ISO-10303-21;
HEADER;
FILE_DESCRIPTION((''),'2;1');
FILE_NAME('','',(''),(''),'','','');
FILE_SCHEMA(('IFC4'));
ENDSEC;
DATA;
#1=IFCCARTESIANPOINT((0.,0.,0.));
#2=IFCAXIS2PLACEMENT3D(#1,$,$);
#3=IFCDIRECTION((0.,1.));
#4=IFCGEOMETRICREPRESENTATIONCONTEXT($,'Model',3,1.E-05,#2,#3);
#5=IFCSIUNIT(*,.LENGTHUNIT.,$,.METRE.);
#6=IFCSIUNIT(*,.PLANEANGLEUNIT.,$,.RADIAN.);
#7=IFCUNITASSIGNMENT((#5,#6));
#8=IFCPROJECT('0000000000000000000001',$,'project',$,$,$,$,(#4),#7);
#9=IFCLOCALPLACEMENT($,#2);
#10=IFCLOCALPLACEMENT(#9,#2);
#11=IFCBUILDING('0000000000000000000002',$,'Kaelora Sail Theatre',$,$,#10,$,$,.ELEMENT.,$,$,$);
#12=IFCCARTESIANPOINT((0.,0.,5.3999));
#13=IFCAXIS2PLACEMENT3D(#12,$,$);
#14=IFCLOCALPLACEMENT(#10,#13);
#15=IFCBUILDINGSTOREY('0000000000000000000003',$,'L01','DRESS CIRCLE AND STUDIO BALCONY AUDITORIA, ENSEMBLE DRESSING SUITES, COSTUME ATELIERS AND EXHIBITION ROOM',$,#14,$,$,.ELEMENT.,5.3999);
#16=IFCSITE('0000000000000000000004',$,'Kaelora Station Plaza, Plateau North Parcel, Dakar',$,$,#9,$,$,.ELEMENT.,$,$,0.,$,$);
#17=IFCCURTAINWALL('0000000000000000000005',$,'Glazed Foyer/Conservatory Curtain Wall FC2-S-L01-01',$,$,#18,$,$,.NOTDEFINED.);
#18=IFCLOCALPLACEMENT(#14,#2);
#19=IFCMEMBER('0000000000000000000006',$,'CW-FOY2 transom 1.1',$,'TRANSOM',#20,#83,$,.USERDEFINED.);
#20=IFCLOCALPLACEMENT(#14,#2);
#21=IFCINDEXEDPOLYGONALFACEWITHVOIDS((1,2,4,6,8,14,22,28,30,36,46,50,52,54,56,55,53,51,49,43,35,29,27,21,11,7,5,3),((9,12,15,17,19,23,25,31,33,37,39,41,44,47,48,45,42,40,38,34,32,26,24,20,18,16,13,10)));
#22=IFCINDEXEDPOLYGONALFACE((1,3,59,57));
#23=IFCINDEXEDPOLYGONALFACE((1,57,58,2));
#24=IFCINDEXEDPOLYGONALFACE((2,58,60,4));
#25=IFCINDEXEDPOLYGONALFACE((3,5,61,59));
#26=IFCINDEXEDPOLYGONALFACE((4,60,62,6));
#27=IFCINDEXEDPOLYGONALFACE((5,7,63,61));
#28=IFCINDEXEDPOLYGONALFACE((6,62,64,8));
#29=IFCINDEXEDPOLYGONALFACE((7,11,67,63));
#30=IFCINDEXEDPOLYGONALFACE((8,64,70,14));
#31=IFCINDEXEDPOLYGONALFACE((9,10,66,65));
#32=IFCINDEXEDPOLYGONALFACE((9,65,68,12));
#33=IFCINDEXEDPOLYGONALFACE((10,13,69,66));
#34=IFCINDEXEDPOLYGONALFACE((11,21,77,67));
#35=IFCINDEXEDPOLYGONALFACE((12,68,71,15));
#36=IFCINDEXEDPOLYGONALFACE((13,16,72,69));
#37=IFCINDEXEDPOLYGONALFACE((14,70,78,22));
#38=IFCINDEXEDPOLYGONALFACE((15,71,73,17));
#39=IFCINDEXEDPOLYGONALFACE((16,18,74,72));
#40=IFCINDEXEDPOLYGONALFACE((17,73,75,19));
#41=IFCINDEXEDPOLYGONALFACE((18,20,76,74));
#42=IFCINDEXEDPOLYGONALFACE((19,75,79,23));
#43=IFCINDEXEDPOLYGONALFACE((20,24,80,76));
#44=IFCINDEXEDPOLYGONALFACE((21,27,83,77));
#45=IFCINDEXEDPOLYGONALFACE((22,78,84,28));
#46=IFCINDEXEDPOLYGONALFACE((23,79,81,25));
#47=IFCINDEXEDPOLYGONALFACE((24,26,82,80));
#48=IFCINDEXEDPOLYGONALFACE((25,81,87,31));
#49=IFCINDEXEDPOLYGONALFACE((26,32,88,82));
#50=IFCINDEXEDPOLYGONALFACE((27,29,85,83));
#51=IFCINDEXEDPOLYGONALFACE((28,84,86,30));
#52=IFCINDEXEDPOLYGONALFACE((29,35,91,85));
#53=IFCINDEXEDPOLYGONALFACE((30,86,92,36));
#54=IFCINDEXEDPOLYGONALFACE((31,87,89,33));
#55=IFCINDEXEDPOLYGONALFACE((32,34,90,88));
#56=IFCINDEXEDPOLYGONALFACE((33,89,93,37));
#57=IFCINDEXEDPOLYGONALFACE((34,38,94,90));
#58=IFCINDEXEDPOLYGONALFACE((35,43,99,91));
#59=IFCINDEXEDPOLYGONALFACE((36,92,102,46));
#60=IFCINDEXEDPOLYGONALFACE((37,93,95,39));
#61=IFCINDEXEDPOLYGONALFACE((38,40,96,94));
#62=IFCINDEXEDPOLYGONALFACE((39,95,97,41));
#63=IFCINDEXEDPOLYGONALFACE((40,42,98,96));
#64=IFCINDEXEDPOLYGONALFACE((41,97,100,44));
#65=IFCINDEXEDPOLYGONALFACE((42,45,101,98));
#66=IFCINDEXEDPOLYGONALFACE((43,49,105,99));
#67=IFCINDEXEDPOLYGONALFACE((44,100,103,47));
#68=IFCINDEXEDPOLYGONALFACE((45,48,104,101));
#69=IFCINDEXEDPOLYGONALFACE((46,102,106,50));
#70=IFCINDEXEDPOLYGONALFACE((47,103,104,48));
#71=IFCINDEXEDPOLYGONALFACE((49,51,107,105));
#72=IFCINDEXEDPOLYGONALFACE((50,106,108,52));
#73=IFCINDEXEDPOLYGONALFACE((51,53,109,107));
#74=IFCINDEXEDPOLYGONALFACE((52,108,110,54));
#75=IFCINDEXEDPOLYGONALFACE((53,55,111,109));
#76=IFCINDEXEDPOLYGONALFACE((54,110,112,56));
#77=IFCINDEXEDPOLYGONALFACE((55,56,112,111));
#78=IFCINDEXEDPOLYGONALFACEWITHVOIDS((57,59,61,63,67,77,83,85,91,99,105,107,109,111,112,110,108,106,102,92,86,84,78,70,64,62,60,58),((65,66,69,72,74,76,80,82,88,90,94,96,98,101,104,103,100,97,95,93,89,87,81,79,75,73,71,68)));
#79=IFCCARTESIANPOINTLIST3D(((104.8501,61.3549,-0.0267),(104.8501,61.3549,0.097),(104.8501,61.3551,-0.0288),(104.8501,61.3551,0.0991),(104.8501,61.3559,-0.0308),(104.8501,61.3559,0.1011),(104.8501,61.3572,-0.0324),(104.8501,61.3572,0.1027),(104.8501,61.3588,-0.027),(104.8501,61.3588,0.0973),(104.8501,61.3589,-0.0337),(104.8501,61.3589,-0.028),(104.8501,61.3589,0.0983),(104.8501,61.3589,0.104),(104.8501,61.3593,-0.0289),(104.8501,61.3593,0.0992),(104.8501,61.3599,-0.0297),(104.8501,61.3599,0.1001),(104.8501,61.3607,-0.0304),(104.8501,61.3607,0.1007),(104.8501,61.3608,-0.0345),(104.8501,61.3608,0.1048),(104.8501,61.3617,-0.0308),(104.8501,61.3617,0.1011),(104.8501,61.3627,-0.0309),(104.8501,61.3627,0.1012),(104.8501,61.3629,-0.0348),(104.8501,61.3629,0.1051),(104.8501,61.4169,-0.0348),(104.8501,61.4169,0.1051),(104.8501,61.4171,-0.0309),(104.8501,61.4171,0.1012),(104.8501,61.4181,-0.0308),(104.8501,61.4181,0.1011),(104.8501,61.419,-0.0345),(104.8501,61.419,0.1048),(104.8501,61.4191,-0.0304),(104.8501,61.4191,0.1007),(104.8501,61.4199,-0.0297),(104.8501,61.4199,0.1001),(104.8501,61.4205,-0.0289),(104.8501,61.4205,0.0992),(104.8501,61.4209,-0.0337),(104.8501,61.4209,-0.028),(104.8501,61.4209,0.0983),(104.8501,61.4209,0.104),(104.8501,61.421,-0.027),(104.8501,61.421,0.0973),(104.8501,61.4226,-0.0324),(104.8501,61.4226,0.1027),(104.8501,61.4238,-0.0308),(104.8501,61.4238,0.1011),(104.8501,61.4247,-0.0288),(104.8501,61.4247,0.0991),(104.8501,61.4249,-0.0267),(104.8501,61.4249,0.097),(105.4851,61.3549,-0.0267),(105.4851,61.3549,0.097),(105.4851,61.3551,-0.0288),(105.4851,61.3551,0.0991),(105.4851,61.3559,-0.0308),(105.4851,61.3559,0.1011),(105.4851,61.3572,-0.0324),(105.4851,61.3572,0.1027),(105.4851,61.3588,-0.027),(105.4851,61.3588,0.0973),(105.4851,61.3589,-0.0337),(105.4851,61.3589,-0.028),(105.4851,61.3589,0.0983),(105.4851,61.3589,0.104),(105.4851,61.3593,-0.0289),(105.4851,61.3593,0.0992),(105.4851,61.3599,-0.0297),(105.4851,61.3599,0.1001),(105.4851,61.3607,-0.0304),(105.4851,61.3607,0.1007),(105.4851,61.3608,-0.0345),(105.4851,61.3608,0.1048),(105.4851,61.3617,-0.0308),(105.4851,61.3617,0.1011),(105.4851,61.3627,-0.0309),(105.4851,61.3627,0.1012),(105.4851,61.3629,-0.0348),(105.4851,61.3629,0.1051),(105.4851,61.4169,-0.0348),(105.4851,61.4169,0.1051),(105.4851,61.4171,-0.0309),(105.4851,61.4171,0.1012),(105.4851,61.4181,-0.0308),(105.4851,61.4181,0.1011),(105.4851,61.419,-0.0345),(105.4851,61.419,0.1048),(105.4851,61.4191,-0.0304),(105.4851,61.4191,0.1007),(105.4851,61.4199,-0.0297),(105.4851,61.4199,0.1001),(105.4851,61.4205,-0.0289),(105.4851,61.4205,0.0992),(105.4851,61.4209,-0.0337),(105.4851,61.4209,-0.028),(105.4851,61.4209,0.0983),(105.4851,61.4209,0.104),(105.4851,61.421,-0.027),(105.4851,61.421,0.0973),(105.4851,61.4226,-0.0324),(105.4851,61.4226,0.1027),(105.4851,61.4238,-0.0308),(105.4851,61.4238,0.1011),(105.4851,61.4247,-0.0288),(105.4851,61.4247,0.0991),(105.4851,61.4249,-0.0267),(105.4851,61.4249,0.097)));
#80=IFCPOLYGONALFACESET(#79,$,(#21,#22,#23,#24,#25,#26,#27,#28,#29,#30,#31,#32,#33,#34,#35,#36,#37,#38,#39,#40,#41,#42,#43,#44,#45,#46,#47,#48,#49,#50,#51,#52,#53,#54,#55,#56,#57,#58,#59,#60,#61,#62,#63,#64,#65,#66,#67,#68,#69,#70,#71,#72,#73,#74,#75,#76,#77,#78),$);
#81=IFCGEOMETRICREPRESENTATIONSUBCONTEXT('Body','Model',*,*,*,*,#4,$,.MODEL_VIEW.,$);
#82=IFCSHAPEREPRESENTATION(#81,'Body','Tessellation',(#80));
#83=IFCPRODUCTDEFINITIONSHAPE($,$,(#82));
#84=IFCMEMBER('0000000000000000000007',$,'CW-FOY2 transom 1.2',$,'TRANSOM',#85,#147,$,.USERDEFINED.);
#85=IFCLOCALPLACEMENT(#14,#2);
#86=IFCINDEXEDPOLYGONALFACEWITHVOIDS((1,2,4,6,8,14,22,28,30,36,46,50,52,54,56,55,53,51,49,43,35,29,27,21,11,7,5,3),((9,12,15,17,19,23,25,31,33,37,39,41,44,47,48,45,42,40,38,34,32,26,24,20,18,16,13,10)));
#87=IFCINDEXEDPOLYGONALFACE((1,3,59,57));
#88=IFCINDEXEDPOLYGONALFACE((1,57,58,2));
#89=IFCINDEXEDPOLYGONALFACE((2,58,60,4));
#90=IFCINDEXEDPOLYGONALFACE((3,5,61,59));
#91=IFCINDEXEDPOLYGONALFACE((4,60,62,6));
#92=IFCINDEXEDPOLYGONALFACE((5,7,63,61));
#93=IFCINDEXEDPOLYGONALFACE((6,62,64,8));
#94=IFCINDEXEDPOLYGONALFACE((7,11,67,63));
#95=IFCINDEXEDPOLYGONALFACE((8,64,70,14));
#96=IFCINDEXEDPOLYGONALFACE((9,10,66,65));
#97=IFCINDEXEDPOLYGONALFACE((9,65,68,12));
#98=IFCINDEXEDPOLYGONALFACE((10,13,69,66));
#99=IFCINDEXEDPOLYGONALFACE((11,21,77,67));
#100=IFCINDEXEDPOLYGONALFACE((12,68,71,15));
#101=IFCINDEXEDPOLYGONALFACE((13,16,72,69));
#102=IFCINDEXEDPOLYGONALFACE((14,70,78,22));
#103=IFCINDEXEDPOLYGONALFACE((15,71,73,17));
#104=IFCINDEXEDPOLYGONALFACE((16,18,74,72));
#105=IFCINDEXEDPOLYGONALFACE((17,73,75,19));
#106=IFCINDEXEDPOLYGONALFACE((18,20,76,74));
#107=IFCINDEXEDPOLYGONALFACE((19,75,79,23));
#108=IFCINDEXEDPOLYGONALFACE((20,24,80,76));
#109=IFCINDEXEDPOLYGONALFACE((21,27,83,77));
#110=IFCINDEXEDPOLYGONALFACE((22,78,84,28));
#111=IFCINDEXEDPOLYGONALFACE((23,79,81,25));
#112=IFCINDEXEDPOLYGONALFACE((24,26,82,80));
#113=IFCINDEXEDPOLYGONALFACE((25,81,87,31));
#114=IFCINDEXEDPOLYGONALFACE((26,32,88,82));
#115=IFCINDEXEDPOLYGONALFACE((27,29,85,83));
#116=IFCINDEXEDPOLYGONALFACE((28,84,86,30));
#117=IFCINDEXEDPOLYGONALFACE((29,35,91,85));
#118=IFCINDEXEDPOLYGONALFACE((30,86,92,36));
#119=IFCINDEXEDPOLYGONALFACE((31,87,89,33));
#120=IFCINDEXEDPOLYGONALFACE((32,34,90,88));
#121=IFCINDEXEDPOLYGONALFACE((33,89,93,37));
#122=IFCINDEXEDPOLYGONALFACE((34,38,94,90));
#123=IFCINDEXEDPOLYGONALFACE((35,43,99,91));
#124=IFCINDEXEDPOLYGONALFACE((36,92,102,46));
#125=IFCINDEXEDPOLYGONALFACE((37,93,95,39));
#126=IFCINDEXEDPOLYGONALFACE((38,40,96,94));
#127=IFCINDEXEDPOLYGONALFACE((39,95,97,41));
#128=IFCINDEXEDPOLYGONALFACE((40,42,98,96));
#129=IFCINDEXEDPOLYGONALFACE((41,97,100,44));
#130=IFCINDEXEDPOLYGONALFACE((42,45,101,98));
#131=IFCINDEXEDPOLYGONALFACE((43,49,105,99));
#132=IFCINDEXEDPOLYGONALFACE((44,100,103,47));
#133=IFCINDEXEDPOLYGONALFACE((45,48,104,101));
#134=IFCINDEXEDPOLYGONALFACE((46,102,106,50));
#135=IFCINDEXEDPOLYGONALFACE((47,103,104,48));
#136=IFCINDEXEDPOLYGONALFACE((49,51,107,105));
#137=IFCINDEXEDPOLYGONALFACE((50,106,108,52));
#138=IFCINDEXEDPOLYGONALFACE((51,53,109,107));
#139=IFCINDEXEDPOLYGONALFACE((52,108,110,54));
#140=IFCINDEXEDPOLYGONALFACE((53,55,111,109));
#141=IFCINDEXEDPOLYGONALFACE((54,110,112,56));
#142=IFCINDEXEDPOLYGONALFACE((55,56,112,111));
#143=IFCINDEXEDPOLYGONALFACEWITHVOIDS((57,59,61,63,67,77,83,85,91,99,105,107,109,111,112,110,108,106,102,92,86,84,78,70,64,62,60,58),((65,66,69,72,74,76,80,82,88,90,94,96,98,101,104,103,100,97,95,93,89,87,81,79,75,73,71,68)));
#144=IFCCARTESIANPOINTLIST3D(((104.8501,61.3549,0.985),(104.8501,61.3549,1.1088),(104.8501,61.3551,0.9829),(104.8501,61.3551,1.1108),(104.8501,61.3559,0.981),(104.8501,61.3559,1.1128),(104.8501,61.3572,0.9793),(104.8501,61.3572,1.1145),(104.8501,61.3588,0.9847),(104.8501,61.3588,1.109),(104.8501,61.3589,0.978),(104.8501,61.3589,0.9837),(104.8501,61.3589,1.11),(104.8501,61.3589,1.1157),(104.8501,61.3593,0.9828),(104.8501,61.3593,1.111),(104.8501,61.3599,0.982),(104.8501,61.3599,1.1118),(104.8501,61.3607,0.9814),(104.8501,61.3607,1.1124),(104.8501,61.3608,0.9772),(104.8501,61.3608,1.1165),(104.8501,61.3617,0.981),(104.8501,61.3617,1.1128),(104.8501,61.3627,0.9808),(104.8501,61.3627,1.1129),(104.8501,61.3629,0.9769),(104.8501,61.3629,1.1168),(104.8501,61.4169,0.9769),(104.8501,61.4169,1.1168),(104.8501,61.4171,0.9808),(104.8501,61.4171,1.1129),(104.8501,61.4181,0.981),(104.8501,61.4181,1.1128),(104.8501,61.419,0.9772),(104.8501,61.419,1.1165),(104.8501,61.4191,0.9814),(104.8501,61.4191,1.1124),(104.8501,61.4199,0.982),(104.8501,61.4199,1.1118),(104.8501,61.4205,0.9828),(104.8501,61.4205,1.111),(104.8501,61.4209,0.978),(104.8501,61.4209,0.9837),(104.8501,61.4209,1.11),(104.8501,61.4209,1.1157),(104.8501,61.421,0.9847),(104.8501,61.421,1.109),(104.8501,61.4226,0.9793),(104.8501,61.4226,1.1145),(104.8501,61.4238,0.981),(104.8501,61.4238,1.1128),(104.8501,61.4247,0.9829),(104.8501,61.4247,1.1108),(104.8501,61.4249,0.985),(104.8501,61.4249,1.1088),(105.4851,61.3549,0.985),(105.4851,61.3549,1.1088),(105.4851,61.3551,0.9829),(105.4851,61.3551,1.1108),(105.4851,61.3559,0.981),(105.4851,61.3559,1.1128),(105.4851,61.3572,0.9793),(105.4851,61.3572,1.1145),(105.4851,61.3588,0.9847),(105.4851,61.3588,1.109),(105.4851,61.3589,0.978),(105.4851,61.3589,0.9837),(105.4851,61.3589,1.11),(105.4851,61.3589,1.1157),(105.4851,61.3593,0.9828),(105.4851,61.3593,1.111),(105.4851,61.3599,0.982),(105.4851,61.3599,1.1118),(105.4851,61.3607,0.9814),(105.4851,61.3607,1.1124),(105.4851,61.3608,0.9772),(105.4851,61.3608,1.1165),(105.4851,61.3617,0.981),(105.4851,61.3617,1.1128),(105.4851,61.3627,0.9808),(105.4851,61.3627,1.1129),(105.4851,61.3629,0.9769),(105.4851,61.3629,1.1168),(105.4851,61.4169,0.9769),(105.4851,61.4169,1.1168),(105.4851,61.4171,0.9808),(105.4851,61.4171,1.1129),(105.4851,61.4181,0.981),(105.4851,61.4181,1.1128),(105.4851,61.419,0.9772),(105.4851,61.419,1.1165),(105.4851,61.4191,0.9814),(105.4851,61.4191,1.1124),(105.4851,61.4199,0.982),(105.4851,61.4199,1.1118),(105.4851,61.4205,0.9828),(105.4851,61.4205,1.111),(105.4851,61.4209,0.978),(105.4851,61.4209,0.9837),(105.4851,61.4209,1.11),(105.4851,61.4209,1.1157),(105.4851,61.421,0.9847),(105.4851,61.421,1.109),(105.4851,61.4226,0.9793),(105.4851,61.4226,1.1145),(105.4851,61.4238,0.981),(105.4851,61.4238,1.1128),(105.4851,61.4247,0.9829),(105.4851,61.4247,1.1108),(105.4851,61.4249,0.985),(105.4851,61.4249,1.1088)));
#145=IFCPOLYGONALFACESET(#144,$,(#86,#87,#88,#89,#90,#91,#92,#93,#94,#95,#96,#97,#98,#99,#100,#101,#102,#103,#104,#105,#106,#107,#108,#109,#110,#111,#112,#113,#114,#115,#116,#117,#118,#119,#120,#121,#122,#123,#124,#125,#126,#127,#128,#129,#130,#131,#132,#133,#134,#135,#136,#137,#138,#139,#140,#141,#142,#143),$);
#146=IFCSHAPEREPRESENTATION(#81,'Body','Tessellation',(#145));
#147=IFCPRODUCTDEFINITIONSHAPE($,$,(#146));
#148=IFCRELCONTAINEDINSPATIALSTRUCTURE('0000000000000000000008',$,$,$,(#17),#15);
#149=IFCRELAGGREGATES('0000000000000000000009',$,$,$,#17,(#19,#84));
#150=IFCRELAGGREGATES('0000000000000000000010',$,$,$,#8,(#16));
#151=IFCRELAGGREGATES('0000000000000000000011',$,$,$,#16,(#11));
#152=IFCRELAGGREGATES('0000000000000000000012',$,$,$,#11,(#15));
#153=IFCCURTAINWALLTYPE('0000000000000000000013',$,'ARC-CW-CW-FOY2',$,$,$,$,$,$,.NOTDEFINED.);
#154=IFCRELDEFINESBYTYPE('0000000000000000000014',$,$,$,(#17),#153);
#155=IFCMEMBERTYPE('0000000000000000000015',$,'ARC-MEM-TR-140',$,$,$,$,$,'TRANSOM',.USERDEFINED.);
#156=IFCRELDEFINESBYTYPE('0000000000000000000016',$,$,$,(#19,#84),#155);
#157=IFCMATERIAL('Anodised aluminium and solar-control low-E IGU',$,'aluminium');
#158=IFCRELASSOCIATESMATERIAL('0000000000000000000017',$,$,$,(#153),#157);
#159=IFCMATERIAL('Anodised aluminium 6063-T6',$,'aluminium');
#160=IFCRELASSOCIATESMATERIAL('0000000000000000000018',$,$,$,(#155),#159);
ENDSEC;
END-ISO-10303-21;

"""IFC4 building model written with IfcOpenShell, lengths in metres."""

from ifc_helpers import new_model, si_unit, direction, frame, origin, origin_2d, place, context, subcontext, project, spatial, hollow_rectangle, extrude, material, material_profile, profile_set, type_object, element, aggregate, save


model = new_model("IFC4")

# Units and contexts
model_context = context("Model", 3, precision=1e-05, world=origin(), true_north=direction((0.0, 1.0)))
body_context = subcontext(model_context, "Body", "Model", "MODEL_VIEW")
ifc_project = project(units=[si_unit("LENGTHUNIT", "METRE"), si_unit("PLANEANGLEUNIT", "RADIAN")], contexts=[model_context])

# Site, building, storey
site_placement = place(None, origin())
site = spatial("IfcSite", under=ifc_project, at=site_placement, Name="Kaelora Station Plaza, Plateau North Parcel, Dakar", CompositionType="ELEMENT", RefElevation=0.0)
building_placement = place(site_placement, origin())
building = spatial("IfcBuilding", under=site, at=building_placement, Name="Kaelora Sail Theatre", CompositionType="ELEMENT")
storey_placement = place(building_placement, frame((0.0, 0.0, 5.3999)))
storey = spatial("IfcBuildingStorey", under=building, at=storey_placement, Name="L01", Description="DRESS CIRCLE AND STUDIO BALCONY AUDITORIA, ENSEMBLE DRESSING SUITES, COSTUME ATELIERS AND EXHIBITION ROOM", CompositionType="ELEMENT", Elevation=5.3999)

# Shared definitions
ifc_material_1 = material(Name="Anodised aluminium and solar-control low-E IGU", Category="aluminium")
curtain_wall_type = type_object("IfcCurtainWallType", Name="ARC-CW-CW-FOY2", PredefinedType="NOTDEFINED", material=ifc_material_1)

# Curtain wall
curtain_wall_1_placement = place(storey_placement, origin())
curtain_wall_1 = element("IfcCurtainWall", 1, at=curtain_wall_1_placement, inside=storey, type_object=curtain_wall_type, Name="Glazed Foyer/Conservatory Curtain Wall FC2-S-L01-01", PredefinedType="NOTDEFINED")

# Members
ifc_material_2 = material(Name="Anodised aluminium 6063-T6", Category="aluminium")
ifc_material_profile_1 = material_profile(ifc_material_2, hollow_rectangle(XDim=0.0701, YDim=0.1399, WallThickness=0.0039, InnerFilletRadius=0.0039, OuterFilletRadius=0.0081, at=origin_2d()), Name="ALU-TRAN 70x140x4")
ifc_profile_set_1 = profile_set([ifc_material_profile_1], Name="Anodised aluminium 6063-T6")
member_type_1 = type_object("IfcMemberType", Name="ARC-MEM-TR-140", ElementType="TRANSOM", PredefinedType="USERDEFINED", material=ifc_profile_set_1)
member_1_placement = place(storey_placement, frame((104.8501, 61.3899, 0.0352), z_axis=(1.0, 0.0, 0.0), x_axis=(0.0, 1.0, 0.0)))
member_1 = element("IfcMember", 2, at=member_1_placement, type_object=member_type_1, Name="CW-FOY2 transom 1.1", ObjectType="TRANSOM", PredefinedType="USERDEFINED", context=body_context, shape_type="SweptSolid", body=[
    extrude(hollow_rectangle(XDim=0.0701, YDim=0.1399, WallThickness=0.0039, InnerFilletRadius=0.0039, OuterFilletRadius=0.0081, at=origin_2d()), origin(), (0.0, 0.0, 1.0), 0.635),
])
member_2_placement = place(storey_placement, frame((104.8501, 61.3899, 1.0469), z_axis=(1.0, 0.0, 0.0), x_axis=(0.0, 1.0, 0.0)))
member_2 = element("IfcMember", 3, at=member_2_placement, type_object=member_type_1, Name="CW-FOY2 transom 1.2", ObjectType="TRANSOM", PredefinedType="USERDEFINED", context=body_context, shape_type="SweptSolid", body=[
    extrude(hollow_rectangle(XDim=0.0701, YDim=0.1399, WallThickness=0.0039, InnerFilletRadius=0.0039, OuterFilletRadius=0.0081, at=origin_2d()), origin(), (0.0, 0.0, 1.0), 0.635),
])
aggregate(curtain_wall_1, [member_1, member_2])

save(model, "model.ifc")
